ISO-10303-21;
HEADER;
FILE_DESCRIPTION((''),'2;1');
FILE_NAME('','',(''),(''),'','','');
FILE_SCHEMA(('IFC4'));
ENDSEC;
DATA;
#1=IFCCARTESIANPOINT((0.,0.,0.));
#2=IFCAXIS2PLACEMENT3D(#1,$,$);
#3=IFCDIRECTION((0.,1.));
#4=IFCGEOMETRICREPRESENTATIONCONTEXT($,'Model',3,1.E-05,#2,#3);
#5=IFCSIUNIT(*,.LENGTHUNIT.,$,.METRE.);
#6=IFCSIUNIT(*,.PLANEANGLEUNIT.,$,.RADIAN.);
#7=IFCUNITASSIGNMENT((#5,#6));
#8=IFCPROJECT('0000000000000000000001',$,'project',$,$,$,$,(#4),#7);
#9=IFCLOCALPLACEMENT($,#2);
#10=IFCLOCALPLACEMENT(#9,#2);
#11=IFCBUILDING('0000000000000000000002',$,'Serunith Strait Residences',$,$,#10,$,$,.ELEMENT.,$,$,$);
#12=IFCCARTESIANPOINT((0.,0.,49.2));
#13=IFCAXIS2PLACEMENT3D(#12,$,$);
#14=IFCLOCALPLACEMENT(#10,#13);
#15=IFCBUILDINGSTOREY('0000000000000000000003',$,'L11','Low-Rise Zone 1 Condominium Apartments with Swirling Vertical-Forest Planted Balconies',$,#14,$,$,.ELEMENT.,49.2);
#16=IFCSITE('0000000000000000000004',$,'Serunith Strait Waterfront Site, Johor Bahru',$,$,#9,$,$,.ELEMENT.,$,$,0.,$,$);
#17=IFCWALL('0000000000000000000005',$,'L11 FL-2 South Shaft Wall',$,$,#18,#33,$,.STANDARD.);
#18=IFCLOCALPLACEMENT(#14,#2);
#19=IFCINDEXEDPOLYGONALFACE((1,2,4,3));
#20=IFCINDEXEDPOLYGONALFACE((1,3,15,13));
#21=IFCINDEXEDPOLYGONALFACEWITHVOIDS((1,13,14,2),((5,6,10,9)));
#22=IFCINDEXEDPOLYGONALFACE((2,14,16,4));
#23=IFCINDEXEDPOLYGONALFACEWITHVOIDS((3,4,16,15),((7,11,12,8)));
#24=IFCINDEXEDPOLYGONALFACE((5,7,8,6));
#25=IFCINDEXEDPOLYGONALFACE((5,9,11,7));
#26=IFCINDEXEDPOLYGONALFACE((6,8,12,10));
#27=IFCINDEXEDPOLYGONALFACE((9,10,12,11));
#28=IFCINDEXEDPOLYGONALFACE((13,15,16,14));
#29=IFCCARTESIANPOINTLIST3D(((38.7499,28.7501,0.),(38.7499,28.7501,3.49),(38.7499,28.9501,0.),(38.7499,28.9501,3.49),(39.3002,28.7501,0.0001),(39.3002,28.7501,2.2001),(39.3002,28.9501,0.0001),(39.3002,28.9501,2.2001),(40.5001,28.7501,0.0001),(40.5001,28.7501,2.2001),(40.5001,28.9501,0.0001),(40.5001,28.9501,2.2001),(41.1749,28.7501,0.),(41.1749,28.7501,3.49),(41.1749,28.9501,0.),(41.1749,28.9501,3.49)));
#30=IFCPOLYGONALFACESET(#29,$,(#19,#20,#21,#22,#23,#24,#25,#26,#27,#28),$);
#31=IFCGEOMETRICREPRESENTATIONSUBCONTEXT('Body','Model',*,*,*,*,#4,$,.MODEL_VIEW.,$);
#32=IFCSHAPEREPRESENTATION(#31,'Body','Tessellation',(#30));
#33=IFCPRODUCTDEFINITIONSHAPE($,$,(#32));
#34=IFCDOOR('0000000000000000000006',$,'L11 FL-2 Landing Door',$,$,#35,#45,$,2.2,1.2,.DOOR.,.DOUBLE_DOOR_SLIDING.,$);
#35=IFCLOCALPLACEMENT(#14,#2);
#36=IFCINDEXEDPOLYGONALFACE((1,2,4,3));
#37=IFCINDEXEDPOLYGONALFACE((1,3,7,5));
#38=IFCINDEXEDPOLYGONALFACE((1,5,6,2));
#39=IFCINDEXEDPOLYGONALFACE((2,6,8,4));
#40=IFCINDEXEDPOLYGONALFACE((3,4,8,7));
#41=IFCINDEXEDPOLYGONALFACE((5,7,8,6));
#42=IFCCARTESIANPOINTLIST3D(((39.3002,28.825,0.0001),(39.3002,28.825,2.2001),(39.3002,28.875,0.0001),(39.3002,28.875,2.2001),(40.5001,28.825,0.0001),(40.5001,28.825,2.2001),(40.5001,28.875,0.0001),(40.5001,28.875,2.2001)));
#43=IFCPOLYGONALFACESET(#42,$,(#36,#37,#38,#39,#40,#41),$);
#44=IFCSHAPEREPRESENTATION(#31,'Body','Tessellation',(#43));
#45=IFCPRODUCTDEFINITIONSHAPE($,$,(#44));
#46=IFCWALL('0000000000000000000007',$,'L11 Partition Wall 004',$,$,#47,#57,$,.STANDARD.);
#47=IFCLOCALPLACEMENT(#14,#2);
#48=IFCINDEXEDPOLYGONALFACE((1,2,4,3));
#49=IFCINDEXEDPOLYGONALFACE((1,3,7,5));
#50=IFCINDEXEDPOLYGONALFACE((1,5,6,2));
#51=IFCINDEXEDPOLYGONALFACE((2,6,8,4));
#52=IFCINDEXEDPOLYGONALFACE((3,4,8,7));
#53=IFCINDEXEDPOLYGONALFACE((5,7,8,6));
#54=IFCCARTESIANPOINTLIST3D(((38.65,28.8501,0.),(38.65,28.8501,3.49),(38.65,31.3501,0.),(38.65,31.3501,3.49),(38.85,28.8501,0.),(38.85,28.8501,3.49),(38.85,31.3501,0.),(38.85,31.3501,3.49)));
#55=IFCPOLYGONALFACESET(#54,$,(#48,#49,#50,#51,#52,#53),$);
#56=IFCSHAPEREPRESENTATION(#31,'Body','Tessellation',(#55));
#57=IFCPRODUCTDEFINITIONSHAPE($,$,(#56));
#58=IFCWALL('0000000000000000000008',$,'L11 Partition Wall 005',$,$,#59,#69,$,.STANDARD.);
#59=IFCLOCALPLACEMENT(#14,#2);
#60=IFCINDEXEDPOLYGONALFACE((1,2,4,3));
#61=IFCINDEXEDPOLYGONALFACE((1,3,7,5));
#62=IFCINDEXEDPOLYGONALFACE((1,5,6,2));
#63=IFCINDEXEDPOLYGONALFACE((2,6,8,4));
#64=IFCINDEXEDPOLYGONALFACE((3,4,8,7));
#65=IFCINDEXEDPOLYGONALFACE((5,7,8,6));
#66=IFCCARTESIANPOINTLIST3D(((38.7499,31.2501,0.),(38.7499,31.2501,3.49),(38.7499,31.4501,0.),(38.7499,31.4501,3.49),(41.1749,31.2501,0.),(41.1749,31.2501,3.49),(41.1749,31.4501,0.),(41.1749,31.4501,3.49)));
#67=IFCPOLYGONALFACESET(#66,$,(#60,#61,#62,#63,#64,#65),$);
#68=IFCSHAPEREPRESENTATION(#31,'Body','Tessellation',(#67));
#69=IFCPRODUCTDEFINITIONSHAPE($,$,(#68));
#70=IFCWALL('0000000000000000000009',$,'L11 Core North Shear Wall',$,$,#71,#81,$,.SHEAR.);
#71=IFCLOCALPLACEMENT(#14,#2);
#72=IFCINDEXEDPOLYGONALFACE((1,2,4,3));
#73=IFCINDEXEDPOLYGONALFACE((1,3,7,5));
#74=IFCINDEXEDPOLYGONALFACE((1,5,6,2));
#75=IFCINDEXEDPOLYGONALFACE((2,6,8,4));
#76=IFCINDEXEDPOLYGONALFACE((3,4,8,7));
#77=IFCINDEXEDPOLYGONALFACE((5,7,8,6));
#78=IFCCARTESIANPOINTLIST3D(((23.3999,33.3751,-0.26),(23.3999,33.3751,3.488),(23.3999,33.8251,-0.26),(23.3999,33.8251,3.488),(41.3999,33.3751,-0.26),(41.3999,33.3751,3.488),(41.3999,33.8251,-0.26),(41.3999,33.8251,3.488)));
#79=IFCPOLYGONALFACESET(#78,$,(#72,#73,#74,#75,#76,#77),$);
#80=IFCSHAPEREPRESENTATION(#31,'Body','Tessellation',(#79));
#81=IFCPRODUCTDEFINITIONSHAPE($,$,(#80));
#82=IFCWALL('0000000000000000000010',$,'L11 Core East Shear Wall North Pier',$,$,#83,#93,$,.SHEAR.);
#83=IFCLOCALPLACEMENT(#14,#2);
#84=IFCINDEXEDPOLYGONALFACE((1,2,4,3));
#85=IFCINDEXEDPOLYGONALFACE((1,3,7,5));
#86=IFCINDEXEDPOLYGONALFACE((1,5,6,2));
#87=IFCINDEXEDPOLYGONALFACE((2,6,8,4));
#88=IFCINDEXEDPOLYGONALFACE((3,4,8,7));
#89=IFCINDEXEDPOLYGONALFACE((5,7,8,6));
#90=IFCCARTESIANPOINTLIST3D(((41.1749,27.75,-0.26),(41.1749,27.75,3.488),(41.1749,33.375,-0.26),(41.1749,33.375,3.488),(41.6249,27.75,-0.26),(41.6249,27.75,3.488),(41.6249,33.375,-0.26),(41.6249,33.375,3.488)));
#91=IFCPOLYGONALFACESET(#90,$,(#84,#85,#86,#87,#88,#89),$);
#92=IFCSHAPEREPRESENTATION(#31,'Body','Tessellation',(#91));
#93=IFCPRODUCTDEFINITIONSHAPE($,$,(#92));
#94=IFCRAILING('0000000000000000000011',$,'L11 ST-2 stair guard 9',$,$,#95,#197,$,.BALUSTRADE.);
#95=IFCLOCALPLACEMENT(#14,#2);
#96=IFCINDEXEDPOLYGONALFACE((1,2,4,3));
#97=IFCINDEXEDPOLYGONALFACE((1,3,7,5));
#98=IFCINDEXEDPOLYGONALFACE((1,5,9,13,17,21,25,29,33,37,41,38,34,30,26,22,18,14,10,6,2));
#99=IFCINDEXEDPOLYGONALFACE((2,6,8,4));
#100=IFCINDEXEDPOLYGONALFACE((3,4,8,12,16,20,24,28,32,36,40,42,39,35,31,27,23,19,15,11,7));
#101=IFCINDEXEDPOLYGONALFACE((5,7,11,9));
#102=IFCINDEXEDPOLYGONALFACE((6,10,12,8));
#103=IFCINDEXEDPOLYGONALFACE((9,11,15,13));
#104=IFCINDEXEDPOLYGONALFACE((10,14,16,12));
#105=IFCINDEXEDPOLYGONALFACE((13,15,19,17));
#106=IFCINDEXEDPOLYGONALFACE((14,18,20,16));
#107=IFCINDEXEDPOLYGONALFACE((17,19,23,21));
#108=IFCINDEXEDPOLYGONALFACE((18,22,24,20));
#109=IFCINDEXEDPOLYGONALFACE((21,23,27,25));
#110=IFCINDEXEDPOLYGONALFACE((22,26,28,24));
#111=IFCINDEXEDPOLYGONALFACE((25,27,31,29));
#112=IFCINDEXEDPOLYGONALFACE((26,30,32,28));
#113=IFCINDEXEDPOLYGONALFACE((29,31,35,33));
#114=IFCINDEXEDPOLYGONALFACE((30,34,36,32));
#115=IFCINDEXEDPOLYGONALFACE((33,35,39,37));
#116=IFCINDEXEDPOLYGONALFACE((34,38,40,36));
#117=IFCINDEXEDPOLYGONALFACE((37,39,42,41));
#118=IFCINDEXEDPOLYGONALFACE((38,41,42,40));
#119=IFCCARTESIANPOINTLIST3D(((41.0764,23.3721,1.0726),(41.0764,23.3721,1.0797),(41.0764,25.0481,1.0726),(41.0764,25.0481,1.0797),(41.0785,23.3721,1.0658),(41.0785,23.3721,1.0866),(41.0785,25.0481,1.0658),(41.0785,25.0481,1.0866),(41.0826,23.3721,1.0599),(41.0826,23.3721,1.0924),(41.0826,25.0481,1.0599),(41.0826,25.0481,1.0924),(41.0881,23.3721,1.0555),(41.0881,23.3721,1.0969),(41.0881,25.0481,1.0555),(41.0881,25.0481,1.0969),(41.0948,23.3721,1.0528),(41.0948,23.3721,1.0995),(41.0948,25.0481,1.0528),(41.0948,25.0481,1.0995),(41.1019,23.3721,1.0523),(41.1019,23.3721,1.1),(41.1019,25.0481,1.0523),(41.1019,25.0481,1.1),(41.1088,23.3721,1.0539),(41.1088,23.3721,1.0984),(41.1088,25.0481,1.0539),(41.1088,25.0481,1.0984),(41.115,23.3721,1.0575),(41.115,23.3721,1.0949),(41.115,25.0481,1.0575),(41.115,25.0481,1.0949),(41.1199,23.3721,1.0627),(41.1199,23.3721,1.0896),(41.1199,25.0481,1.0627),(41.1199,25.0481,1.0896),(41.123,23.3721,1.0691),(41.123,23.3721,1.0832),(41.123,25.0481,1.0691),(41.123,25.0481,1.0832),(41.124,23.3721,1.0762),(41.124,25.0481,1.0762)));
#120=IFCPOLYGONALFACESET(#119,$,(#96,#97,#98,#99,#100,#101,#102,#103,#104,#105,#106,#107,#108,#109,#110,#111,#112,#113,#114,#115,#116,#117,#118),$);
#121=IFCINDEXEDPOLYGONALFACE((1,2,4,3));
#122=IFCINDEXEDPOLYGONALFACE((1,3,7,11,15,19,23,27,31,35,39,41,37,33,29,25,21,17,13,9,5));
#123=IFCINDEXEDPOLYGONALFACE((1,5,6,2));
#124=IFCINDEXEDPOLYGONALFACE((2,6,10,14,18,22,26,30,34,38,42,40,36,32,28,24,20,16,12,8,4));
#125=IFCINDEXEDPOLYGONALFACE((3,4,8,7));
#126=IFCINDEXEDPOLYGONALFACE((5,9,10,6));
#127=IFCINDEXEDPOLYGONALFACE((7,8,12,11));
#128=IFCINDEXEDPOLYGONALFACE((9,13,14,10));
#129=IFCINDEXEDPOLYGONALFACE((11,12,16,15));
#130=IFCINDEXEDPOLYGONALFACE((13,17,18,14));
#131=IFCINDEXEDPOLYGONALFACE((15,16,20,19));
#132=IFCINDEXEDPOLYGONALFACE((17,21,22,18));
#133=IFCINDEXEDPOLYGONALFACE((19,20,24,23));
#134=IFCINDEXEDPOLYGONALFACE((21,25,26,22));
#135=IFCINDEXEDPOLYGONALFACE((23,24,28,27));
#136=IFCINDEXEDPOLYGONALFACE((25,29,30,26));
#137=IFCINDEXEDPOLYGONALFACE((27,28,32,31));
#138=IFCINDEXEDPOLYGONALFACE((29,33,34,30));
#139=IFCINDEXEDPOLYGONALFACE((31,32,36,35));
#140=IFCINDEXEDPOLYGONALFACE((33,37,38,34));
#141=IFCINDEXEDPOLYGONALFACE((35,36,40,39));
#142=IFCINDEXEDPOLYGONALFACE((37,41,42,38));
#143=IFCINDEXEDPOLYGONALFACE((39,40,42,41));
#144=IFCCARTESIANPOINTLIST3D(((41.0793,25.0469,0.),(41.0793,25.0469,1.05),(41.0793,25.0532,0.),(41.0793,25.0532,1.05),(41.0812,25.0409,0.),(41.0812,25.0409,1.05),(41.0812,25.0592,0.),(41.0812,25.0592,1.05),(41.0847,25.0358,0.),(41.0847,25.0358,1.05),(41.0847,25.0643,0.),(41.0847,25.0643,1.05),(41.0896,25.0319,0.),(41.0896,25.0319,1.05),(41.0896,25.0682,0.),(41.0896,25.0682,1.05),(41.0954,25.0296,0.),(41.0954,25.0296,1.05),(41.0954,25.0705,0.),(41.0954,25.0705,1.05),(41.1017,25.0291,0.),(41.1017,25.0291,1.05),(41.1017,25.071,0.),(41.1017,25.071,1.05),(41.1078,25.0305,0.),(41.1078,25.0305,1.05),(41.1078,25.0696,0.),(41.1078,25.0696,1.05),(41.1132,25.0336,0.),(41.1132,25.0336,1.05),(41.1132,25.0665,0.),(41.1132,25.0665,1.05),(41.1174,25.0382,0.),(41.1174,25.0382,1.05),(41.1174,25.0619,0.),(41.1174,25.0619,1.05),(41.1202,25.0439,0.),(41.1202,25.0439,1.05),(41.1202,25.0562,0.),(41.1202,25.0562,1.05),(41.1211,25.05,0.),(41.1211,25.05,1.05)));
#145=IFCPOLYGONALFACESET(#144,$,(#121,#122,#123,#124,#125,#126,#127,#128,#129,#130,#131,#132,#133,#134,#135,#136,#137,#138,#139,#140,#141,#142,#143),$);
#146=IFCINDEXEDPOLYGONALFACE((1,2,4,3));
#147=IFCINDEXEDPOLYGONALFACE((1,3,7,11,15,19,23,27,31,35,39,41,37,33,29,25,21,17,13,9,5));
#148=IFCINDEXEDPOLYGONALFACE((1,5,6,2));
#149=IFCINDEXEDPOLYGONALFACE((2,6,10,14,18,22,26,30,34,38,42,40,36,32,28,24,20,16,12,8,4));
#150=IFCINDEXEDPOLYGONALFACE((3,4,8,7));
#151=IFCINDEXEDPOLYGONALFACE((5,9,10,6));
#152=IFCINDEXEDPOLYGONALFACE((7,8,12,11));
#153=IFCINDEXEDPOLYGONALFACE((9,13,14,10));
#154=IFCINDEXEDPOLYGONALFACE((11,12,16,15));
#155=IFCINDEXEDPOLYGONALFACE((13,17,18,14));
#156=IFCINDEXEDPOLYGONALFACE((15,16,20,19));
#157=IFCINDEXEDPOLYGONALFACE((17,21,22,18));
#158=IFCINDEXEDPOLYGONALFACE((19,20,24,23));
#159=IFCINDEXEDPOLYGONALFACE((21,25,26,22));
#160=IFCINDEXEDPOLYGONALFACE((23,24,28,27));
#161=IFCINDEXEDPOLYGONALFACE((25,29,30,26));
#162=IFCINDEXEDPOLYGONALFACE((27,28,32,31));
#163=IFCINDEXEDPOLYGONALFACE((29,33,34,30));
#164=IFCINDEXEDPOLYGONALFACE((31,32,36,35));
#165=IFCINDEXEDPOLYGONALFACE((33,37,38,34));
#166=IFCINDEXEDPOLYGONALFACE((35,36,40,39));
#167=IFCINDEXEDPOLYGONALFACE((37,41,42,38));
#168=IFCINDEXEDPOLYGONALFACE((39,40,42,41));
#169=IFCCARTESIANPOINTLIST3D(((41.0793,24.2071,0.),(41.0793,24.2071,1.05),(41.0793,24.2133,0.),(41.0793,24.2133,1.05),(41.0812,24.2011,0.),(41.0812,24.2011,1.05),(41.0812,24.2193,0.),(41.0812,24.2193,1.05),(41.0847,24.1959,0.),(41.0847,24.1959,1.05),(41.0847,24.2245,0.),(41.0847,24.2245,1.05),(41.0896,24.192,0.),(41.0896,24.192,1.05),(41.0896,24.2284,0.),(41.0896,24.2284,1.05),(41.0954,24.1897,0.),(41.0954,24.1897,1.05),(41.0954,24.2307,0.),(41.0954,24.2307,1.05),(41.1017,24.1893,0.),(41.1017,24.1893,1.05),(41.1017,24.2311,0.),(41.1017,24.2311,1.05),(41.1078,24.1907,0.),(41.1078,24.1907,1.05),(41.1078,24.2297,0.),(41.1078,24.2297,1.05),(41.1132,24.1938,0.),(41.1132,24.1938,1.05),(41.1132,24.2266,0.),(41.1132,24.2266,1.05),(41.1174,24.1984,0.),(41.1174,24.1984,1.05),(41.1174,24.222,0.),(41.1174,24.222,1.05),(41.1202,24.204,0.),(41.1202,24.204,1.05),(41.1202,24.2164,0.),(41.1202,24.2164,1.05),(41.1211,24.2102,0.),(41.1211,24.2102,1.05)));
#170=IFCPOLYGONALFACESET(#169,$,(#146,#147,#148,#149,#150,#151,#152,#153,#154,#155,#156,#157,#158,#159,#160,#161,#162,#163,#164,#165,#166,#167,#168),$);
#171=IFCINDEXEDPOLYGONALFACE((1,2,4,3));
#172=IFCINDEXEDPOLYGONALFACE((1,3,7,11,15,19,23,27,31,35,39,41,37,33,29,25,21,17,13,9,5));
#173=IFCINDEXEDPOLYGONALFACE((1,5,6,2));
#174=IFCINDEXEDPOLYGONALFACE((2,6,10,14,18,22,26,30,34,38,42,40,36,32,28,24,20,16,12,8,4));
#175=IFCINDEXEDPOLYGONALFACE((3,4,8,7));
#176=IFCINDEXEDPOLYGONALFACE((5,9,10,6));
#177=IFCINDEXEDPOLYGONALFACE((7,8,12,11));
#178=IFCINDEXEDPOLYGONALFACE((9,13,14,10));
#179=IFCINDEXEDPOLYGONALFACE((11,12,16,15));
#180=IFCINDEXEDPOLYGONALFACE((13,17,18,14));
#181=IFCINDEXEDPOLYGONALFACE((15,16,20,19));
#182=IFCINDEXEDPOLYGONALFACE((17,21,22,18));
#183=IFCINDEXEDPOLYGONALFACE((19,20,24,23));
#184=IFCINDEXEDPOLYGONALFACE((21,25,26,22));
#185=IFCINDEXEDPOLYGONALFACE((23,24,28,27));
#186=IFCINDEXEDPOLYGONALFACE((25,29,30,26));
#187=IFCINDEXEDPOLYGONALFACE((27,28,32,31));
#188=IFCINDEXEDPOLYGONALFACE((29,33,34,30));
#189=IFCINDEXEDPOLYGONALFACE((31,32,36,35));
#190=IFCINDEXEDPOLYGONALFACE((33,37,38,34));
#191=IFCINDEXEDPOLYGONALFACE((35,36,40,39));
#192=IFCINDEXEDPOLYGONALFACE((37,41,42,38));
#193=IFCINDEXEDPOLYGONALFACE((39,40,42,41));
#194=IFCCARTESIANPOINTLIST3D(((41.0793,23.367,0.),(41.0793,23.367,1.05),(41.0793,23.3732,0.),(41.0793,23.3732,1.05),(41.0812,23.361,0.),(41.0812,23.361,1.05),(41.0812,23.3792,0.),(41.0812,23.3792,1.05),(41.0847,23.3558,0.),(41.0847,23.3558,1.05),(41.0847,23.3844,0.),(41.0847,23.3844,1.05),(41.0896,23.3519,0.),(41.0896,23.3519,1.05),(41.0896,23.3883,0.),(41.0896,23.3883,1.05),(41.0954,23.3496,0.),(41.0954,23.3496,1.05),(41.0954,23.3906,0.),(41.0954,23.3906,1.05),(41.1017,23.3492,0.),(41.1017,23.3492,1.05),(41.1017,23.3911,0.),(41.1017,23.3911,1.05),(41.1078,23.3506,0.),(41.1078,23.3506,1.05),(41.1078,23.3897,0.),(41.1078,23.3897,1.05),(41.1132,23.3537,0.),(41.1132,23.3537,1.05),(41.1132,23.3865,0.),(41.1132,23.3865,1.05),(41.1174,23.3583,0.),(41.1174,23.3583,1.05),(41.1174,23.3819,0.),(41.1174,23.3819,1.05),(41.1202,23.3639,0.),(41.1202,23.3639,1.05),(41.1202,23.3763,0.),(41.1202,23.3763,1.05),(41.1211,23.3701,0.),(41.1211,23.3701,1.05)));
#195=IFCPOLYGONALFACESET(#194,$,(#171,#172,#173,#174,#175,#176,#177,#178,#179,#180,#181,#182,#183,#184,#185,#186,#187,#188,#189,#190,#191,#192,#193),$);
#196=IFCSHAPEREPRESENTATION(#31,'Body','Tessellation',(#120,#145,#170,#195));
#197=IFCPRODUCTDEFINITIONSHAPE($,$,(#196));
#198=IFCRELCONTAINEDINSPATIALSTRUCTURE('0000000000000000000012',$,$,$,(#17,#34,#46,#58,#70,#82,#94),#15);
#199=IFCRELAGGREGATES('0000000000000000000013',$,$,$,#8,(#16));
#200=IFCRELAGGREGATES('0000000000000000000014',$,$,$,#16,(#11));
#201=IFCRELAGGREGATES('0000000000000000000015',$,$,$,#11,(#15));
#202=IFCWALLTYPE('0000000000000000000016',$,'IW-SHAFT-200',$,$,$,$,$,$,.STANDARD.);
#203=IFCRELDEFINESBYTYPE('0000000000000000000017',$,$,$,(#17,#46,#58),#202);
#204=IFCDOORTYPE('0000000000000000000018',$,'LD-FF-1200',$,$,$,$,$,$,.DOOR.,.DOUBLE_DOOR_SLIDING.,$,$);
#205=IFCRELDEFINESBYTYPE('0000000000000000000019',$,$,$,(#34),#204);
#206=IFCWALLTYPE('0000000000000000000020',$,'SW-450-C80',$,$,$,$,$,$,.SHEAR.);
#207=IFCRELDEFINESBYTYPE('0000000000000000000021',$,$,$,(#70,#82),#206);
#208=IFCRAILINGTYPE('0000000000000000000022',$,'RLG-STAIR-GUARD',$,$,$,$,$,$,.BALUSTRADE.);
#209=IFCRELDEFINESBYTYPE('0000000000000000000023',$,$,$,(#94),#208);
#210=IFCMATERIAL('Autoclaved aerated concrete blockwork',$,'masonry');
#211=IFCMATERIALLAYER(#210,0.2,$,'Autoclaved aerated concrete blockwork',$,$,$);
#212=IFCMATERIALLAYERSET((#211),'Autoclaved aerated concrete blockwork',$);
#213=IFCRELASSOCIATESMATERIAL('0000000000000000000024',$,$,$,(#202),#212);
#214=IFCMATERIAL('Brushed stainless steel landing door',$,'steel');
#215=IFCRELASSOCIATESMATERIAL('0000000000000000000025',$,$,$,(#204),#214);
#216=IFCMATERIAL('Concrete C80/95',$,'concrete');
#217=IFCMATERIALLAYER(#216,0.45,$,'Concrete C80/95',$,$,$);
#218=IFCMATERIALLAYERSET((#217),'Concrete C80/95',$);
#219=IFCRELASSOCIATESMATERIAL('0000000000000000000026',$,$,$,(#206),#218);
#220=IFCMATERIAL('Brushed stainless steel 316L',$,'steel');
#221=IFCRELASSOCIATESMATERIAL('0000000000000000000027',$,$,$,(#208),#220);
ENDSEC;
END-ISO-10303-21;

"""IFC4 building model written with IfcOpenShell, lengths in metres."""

from ifc_helpers import new_model, si_unit, direction, frame, frame_2d, origin, origin_2d, place, context, subcontext, project, spatial, rectangle, circle, extrude, source, transform, mapped, material, layer, layer_set, type_object, element, fill, save


model = new_model("IFC4")

# Units and contexts
model_context = context("Model", 3, precision=1e-05, world=origin(), true_north=direction((0.0, 1.0)))
body_context = subcontext(model_context, "Body", "Model", "MODEL_VIEW")
ifc_project = project(units=[si_unit("LENGTHUNIT", "METRE"), si_unit("PLANEANGLEUNIT", "RADIAN")], contexts=[model_context])

# Site, building, storey
site_placement = place(None, origin())
site = spatial("IfcSite", under=ifc_project, at=site_placement, Name="Serunith Strait Waterfront Site, Johor Bahru", CompositionType="ELEMENT", RefElevation=0.0)
building_placement = place(site_placement, origin())
building = spatial("IfcBuilding", under=site, at=building_placement, Name="Serunith Strait Residences", CompositionType="ELEMENT")
storey_placement = place(building_placement, frame((0.0, 0.0, 49.2)))
storey = spatial("IfcBuildingStorey", under=building, at=storey_placement, Name="L11", Description="Low-Rise Zone 1 Condominium Apartments with Swirling Vertical-Forest Planted Balconies", CompositionType="ELEMENT", Elevation=49.2)

# Wall, opening, door
ifc_material_1 = material(Name="Autoclaved aerated concrete blockwork", Category="masonry")
ifc_layer_1 = layer(ifc_material_1, 0.2, Name="Autoclaved aerated concrete blockwork")
ifc_layer_set_1 = layer_set([ifc_layer_1], Name="Autoclaved aerated concrete blockwork")
wall_type_1 = type_object("IfcWallType", Name="IW-SHAFT-200", PredefinedType="STANDARD", material=ifc_layer_set_1)
wall_1_placement = place(storey_placement, frame((38.75, 28.8501, 0.0), z_axis=(0.0, 0.0, 1.0), x_axis=(1.0, 0.0, 0.0)))
wall_1 = element("IfcWall", 1, at=wall_1_placement, inside=storey, type_object=wall_type_1, Name="L11 FL-2 South Shaft Wall", PredefinedType="STANDARD", context=body_context, shape_type="SweptSolid", body=[
    extrude(rectangle(XDim=2.425, YDim=0.2, at=frame_2d((1.2124, 0.0))), origin(), (0.0, 0.0, 1.0), 3.49),
])
opening_1_placement = place(wall_1_placement, frame((0.55, 0.0, 0.0)))
opening_1 = element("IfcOpeningElement", 2, at=opening_1_placement, cuts=wall_1, PredefinedType="OPENING", context=body_context, shape_type="SweptSolid", body=[
    extrude(rectangle(XDim=1.2, YDim=2.2, at=frame_2d((0.6001, 1.1001))), frame((0.0, 0.1099, 0.0), z_axis=(0.0, -1.0, 0.0), x_axis=(1.0, 0.0, 0.0)), (0.0, 0.0, 1.0), 0.22),
])
ifc_material_2 = material(Name="Brushed stainless steel landing door", Category="steel")
door_type_1 = type_object("IfcDoorType", Name="LD-FF-1200", OperationType="DOUBLE_DOOR_SLIDING", PredefinedType="DOOR", material=ifc_material_2)
shared_shape_1 = source(origin(), body_context, "Body", "SweptSolid", [
    extrude(rectangle(XDim=1.2, YDim=2.2, at=frame_2d((0.6001, 1.1001))), frame((0.0, 0.0249, 0.0), z_axis=(0.0, -1.0, 0.0), x_axis=(1.0, 0.0, 0.0)), (0.0, 0.0, 1.0), 0.05),
])
door_1_placement = place(opening_1_placement, origin())
door_1 = element("IfcDoor", 3, at=door_1_placement, inside=storey, type_object=door_type_1, Name="L11 FL-2 Landing Door", OperationType="DOUBLE_DOOR_SLIDING", OverallHeight=2.2, OverallWidth=1.2, PredefinedType="DOOR", context=body_context, shape_type="MappedRepresentation", body=[
    mapped(shared_shape_1, transform((0.0, 0.0, 0.0), scale=1.0)),
])
fill(opening_1, door_1)

# Walls
wall_2_placement = place(storey_placement, frame((38.75, 28.8501, 0.0), z_axis=(0.0, 0.0, 1.0), x_axis=(0.0, 1.0, 0.0)))
element("IfcWall", 4, at=wall_2_placement, inside=storey, type_object=wall_type_1, Name="L11 Partition Wall 004", PredefinedType="STANDARD", context=body_context, shape_type="SweptSolid", body=[
    extrude(rectangle(XDim=2.5, YDim=0.2, at=frame_2d((1.25, 0.0))), origin(), (0.0, 0.0, 1.0), 3.49),
])
wall_3_placement = place(storey_placement, frame((38.75, 31.3501, 0.0), z_axis=(0.0, 0.0, 1.0), x_axis=(1.0, 0.0, 0.0)))
element("IfcWall", 5, at=wall_3_placement, inside=storey, type_object=wall_type_1, Name="L11 Partition Wall 005", PredefinedType="STANDARD", context=body_context, shape_type="SweptSolid", body=[
    extrude(rectangle(XDim=2.425, YDim=0.2, at=frame_2d((1.2124, 0.0))), origin(), (0.0, 0.0, 1.0), 3.49),
])

# Walls
ifc_material_3 = material(Name="Concrete C80/95", Category="concrete")
ifc_layer_2 = layer(ifc_material_3, 0.45, Name="Concrete C80/95")
ifc_layer_set_2 = layer_set([ifc_layer_2], Name="Concrete C80/95")
wall_type_2 = type_object("IfcWallType", Name="SW-450-C80", PredefinedType="SHEAR", material=ifc_layer_set_2)
wall_4_placement = place(storey_placement, frame((41.3999, 33.6001, -0.26), z_axis=(0.0, 0.0, 1.0), x_axis=(-1.0, 0.0, 0.0)))
element("IfcWall", 6, at=wall_4_placement, inside=storey, type_object=wall_type_2, Name="L11 Core North Shear Wall", PredefinedType="SHEAR", context=body_context, shape_type="SweptSolid", body=[
    extrude(rectangle(XDim=18.0, YDim=0.45, at=frame_2d((9.0, 0.0))), origin(), (0.0, 0.0, 1.0), 3.748),
])
wall_5_placement = place(storey_placement, frame((41.3999, 27.75, -0.26), z_axis=(0.0, 0.0, 1.0), x_axis=(0.0, 1.0, 0.0)))
element("IfcWall", 7, at=wall_5_placement, inside=storey, type_object=wall_type_2, Name="L11 Core East Shear Wall North Pier", PredefinedType="SHEAR", context=body_context, shape_type="SweptSolid", body=[
    extrude(rectangle(XDim=5.625, YDim=0.45, at=frame_2d((2.8125, 0.0))), origin(), (0.0, 0.0, 1.0), 3.748),
])

# Railing
ifc_material_4 = material(Name="Brushed stainless steel 316L", Category="steel")
railing_type = type_object("IfcRailingType", Name="RLG-STAIR-GUARD", PredefinedType="BALUSTRADE", material=ifc_material_4)
railing_placement = place(storey_placement, frame((41.1001, 25.05, 0.0)))
element("IfcRailing", 8, at=railing_placement, inside=storey, type_object=railing_type, Name="L11 ST-2 stair guard 9", PredefinedType="BALUSTRADE", context=body_context, shape_type="SweptSolid", body=[
    extrude(circle(Radius=0.0239, at=origin_2d()), frame((0.0, -0.002, 1.0762), z_axis=(0.0, -1.0, 0.0), x_axis=(1.0, 0.0, 0.0)), (0.0, 0.0, 1.0), 1.676),
    extrude(circle(Radius=0.021, at=origin_2d()), origin(), (0.0, 0.0, 1.0), 1.05),
    extrude(circle(Radius=0.021, at=origin_2d()), frame((0.0, -0.8398, 0.0)), (0.0, 0.0, 1.0), 1.05),
    extrude(circle(Radius=0.021, at=origin_2d()), frame((0.0, -1.6799, 0.0)), (0.0, 0.0, 1.0), 1.05),
])

save(model, "model.ifc")
